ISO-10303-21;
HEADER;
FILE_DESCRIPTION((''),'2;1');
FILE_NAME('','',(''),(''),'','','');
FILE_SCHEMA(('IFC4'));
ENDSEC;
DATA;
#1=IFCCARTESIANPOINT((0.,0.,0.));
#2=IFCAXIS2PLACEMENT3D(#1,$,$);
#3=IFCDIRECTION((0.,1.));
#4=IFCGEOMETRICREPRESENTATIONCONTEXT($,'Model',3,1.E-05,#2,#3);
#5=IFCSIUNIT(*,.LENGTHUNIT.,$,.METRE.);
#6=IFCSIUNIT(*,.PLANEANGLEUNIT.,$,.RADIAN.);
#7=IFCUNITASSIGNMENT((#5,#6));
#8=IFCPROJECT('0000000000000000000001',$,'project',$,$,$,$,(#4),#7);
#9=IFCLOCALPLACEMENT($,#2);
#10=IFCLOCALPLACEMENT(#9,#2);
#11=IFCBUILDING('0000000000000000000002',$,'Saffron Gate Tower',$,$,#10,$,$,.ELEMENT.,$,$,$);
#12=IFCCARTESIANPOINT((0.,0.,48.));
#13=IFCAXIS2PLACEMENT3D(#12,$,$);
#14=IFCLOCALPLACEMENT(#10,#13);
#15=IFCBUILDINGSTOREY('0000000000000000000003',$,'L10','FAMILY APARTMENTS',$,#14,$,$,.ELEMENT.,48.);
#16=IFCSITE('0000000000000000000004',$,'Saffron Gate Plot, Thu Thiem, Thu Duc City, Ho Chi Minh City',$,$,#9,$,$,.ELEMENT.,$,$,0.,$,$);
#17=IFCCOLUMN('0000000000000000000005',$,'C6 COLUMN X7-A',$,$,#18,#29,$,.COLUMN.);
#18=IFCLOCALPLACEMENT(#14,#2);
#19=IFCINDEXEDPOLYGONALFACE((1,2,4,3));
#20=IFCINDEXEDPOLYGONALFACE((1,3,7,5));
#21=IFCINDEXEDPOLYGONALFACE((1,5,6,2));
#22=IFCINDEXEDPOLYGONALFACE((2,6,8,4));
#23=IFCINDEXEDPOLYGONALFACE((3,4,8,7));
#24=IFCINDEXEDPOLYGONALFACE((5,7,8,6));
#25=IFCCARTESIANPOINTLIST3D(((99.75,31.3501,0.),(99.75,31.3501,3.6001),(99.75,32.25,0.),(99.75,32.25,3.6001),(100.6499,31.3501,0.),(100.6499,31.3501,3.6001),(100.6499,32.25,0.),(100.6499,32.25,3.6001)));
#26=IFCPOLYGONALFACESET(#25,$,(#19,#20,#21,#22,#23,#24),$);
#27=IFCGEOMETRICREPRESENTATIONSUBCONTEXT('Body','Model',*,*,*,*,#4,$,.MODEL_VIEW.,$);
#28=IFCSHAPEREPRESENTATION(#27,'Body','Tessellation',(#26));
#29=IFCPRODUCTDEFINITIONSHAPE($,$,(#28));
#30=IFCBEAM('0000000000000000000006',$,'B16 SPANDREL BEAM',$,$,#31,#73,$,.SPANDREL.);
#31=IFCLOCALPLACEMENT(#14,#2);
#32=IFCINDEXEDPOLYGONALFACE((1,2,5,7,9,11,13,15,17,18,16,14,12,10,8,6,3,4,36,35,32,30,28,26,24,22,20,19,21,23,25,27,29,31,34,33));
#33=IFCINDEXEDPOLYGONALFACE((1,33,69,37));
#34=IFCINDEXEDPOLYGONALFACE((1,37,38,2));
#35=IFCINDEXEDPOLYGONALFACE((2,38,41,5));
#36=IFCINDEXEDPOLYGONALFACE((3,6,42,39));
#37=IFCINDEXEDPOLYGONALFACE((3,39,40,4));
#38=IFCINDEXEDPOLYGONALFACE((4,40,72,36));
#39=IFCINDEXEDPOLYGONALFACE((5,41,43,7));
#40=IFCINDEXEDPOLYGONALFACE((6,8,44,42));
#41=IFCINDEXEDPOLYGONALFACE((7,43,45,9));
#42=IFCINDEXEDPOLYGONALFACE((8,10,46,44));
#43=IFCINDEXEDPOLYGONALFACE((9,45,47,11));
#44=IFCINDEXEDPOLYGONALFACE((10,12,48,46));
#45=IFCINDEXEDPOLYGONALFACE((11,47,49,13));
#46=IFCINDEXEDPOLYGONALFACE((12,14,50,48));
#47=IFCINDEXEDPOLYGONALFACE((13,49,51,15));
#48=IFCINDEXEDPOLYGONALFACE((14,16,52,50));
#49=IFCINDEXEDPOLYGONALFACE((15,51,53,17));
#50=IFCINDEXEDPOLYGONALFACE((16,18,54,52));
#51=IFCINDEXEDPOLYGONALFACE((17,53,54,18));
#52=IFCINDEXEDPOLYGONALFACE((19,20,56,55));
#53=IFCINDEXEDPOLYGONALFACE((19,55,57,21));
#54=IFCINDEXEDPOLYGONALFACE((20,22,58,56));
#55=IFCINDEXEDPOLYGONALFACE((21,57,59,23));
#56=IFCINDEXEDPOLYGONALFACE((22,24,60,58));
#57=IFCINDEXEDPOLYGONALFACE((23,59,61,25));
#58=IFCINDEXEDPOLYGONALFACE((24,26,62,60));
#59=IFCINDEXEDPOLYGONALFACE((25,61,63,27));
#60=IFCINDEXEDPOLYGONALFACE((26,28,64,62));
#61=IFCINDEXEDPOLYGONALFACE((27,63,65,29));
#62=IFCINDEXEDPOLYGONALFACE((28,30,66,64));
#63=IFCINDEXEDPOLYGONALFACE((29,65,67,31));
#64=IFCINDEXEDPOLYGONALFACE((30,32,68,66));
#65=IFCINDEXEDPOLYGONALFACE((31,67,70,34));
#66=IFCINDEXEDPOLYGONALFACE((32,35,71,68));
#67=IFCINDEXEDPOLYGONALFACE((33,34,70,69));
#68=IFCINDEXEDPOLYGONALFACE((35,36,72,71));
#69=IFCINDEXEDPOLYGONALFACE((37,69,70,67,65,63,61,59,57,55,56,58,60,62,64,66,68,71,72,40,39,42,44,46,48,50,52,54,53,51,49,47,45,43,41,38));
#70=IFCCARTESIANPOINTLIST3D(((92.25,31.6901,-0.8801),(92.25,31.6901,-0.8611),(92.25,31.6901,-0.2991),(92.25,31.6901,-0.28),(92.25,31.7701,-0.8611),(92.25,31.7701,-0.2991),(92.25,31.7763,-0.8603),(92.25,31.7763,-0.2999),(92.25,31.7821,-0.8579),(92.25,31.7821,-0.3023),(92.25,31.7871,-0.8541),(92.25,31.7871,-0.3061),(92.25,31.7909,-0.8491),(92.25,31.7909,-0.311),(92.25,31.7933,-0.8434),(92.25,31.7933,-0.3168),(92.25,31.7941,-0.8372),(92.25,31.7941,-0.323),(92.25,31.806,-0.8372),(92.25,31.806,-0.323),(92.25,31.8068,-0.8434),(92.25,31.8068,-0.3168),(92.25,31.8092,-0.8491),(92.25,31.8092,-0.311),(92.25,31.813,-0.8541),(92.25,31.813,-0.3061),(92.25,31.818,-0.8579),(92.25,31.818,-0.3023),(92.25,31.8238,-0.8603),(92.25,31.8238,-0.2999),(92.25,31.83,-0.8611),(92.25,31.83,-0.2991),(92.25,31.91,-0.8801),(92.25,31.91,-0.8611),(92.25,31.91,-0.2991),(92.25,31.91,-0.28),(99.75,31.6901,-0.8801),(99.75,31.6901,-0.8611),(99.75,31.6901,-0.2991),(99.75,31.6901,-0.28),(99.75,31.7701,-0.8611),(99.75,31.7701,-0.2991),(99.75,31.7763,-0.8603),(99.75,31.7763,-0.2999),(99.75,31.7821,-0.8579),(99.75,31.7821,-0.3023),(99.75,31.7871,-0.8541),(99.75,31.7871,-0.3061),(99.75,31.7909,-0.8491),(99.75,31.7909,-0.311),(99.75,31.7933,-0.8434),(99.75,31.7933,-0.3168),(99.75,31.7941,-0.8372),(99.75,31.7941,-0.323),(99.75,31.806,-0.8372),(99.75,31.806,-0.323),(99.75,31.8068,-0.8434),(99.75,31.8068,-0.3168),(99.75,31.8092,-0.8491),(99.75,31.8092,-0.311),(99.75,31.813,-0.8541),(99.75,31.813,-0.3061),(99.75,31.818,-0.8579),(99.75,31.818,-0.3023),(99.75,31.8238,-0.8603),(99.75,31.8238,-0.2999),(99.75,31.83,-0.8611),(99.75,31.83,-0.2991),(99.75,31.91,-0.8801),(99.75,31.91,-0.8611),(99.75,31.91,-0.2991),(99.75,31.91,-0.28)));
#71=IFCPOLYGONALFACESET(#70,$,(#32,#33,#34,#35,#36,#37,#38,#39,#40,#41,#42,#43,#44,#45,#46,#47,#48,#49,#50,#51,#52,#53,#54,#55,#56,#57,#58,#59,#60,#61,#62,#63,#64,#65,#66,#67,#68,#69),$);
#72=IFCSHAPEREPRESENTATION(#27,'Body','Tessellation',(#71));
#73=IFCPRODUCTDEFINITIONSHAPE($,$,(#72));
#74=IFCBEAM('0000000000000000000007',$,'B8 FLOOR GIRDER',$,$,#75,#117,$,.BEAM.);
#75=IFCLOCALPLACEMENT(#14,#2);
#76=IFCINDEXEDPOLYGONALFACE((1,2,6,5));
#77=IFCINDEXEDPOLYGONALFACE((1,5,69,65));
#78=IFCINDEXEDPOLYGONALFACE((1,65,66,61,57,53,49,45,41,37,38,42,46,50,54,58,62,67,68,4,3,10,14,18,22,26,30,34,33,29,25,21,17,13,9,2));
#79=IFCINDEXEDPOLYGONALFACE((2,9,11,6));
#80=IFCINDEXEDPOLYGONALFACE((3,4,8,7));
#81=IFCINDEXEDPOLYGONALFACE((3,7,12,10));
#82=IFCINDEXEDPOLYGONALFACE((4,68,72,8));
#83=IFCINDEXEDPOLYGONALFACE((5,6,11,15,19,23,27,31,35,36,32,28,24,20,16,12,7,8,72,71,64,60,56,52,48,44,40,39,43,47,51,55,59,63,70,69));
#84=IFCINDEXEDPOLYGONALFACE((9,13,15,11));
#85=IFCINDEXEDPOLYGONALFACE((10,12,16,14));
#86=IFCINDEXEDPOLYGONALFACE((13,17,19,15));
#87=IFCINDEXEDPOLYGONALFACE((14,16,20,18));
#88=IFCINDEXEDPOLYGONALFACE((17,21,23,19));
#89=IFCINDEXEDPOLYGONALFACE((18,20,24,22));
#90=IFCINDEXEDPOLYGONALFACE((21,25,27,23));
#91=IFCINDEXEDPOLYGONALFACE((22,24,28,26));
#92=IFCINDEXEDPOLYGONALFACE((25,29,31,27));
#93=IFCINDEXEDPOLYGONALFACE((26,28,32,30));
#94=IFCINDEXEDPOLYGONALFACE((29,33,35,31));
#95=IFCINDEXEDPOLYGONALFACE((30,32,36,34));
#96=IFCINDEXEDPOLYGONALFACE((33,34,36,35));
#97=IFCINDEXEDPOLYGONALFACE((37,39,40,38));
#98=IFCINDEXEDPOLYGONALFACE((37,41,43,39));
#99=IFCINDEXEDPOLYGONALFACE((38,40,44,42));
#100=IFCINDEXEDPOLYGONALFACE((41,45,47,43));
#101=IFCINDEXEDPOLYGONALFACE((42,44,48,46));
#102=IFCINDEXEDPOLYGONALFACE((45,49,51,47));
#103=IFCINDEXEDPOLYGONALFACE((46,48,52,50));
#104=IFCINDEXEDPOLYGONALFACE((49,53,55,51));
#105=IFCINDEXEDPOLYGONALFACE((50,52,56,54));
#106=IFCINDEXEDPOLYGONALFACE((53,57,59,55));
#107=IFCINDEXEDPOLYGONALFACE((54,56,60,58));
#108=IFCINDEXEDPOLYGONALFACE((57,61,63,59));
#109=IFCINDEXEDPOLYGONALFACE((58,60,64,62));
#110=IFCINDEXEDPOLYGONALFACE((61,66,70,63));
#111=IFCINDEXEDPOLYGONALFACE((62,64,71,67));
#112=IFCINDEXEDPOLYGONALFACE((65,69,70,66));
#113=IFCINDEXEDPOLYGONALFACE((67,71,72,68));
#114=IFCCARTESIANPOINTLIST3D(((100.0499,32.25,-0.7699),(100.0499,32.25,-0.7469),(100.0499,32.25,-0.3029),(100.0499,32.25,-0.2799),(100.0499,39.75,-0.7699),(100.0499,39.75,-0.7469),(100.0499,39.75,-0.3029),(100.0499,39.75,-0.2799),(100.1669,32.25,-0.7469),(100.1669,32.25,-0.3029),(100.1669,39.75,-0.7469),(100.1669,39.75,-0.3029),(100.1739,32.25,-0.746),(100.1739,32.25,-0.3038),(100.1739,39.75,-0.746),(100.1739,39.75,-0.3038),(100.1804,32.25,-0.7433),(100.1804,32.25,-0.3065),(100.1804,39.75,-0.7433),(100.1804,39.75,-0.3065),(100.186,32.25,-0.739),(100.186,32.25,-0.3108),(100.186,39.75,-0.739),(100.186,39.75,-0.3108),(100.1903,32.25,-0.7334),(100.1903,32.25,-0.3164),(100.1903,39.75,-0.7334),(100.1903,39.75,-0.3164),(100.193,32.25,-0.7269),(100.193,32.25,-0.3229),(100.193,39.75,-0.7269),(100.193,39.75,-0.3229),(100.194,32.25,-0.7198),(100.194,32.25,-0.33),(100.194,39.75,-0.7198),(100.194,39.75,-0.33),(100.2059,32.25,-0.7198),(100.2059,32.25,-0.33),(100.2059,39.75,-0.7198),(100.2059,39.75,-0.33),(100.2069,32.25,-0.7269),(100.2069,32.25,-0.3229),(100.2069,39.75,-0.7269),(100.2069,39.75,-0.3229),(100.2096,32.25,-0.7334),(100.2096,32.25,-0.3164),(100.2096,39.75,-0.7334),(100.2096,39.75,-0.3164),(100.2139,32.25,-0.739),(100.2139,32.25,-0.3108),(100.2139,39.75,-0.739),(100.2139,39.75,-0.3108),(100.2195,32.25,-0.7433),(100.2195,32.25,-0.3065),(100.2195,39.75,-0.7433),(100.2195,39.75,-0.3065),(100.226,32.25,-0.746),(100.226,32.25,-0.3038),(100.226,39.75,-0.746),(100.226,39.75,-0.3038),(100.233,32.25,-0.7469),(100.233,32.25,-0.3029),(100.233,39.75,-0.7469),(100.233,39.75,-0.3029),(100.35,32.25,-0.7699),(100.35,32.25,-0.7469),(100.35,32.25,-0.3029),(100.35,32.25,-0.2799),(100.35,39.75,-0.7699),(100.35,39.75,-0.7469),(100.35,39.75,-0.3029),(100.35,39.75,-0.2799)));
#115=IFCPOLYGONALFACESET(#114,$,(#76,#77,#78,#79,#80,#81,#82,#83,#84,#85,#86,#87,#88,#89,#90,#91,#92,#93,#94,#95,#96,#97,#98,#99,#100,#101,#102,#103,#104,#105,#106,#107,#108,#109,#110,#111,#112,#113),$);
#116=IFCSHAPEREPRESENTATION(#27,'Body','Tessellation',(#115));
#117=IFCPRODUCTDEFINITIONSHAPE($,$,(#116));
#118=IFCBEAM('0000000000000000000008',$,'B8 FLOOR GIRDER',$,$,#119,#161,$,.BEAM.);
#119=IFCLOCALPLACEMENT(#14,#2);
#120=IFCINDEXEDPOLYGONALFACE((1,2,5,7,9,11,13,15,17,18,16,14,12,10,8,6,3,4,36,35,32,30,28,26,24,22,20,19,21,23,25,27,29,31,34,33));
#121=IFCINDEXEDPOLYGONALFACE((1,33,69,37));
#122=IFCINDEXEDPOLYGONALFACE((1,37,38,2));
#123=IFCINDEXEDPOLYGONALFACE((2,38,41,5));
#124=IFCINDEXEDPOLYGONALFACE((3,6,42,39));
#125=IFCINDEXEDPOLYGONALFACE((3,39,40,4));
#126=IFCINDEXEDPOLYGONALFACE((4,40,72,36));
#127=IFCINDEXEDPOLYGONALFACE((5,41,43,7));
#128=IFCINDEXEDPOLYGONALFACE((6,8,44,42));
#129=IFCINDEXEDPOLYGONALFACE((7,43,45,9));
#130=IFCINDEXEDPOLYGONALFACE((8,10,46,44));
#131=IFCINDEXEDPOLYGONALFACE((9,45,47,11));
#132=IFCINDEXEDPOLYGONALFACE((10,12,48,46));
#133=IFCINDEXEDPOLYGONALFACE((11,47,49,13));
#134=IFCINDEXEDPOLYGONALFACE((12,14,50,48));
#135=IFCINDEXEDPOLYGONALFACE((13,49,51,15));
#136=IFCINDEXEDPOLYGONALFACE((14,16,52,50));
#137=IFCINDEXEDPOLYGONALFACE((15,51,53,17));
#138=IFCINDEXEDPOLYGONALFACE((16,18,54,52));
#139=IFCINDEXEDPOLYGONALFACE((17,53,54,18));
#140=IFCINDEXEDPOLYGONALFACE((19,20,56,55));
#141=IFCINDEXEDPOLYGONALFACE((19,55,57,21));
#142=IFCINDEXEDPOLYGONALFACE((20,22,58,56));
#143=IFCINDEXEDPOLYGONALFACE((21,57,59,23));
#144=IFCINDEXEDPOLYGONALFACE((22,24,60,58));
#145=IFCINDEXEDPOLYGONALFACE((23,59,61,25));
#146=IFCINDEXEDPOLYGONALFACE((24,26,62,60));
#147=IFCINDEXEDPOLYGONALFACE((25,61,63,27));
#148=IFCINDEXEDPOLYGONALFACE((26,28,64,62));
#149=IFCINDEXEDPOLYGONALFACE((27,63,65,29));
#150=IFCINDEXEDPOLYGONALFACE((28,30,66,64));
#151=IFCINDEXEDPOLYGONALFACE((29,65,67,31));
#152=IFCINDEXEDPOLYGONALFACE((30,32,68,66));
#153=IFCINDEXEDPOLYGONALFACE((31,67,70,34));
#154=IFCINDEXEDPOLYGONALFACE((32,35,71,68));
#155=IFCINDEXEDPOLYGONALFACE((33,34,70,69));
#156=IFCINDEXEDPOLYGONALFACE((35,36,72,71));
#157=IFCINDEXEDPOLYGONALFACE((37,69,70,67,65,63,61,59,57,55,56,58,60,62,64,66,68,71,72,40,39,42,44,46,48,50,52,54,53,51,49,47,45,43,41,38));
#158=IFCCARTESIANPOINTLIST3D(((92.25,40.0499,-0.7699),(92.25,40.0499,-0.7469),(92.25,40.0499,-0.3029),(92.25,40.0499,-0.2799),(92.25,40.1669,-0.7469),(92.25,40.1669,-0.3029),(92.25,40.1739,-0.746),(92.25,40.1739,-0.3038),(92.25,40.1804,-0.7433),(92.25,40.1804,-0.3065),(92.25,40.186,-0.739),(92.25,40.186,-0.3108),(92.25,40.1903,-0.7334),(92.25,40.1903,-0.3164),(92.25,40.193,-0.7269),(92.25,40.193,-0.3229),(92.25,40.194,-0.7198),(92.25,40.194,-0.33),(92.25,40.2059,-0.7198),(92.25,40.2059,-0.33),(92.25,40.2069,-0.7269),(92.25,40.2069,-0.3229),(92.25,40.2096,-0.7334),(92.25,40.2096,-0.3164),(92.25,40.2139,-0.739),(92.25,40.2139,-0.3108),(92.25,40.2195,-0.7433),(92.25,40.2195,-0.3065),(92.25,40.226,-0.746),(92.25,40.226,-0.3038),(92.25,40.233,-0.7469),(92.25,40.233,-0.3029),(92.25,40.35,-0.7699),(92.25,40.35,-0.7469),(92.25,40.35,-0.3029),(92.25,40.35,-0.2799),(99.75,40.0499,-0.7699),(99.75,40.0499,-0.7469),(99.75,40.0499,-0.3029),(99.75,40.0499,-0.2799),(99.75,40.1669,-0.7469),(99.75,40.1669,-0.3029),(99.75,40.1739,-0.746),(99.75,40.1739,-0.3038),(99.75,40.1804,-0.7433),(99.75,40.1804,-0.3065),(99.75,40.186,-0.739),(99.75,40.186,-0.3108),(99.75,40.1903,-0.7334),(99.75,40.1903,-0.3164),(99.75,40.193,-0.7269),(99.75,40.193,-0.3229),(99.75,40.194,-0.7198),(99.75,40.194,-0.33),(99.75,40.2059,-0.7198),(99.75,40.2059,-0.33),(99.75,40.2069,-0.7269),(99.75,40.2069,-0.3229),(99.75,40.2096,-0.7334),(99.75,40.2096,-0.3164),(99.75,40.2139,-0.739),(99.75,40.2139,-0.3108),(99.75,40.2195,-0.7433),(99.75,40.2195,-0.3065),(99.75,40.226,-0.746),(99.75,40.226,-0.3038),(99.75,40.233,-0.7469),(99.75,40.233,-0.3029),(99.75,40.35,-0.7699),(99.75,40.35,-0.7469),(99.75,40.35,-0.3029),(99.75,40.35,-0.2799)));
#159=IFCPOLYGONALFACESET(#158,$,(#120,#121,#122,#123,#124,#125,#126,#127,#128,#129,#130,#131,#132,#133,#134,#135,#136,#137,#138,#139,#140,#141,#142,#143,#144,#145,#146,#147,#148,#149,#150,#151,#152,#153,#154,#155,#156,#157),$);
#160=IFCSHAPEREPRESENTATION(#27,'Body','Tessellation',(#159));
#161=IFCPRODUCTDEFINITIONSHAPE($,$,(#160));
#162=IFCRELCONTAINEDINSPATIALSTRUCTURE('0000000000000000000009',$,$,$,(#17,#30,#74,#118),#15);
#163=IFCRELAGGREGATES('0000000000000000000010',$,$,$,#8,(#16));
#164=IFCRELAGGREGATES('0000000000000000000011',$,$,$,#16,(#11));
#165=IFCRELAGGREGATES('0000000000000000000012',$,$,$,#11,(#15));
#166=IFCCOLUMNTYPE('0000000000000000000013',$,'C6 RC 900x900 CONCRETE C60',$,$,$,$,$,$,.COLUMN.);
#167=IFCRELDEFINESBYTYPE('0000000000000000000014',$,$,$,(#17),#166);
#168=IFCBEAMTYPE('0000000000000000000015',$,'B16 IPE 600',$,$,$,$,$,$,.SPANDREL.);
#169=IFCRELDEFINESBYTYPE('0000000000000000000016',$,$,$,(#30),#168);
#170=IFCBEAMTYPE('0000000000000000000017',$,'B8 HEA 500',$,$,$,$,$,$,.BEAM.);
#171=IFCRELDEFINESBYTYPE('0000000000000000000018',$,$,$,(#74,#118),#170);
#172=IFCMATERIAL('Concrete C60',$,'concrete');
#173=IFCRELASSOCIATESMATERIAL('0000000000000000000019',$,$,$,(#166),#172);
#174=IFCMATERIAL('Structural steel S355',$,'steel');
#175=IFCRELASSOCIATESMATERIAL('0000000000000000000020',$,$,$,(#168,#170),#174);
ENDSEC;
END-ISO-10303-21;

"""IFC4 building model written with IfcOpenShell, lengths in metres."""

from ifc_helpers import new_model, si_unit, direction, frame, origin, origin_2d, place, context, subcontext, project, spatial, rectangle, i_section, extrude, material, material_profile, profile_set, type_object, element, save


model = new_model("IFC4")

# Units and contexts
model_context = context("Model", 3, precision=1e-05, world=origin(), true_north=direction((0.0, 1.0)))
body_context = subcontext(model_context, "Body", "Model", "MODEL_VIEW")
ifc_project = project(units=[si_unit("LENGTHUNIT", "METRE"), si_unit("PLANEANGLEUNIT", "RADIAN")], contexts=[model_context])

# Site, building, storey
site_placement = place(None, origin())
site = spatial("IfcSite", under=ifc_project, at=site_placement, Name="Saffron Gate Plot, Thu Thiem, Thu Duc City, Ho Chi Minh City", CompositionType="ELEMENT", RefElevation=0.0)
building_placement = place(site_placement, origin())
building = spatial("IfcBuilding", under=site, at=building_placement, Name="Saffron Gate Tower", CompositionType="ELEMENT")
storey_placement = place(building_placement, frame((0.0, 0.0, 48.0)))
storey = spatial("IfcBuildingStorey", under=building, at=storey_placement, Name="L10", Description="FAMILY APARTMENTS", CompositionType="ELEMENT", Elevation=48.0)

# Column
ifc_material_1 = material(Name="Concrete C60", Category="concrete")
ifc_material_profile_1 = material_profile(ifc_material_1, rectangle(XDim=0.8999, YDim=0.8999, at=origin_2d()))
ifc_profile_set_1 = profile_set([ifc_material_profile_1], Name="Concrete C60")
column_type = type_object("IfcColumnType", Name="C6 RC 900x900 CONCRETE C60", PredefinedType="COLUMN", material=ifc_profile_set_1)
column_placement = place(storey_placement, frame((100.2, 31.8, 0.0), z_axis=(0.0, 0.0, 1.0), x_axis=(1.0, 0.0, 0.0)))
element("IfcColumn", 1, at=column_placement, inside=storey, type_object=column_type, Name="C6 COLUMN X7-A", PredefinedType="COLUMN", context=body_context, shape_type="SweptSolid", body=[
    extrude(rectangle(XDim=0.8999, YDim=0.8999, at=origin_2d()), origin(), (0.0, 0.0, 1.0), 3.6001),
])

# Beams
ifc_material_2 = material(Name="Structural steel S355", Category="steel")
ifc_material_profile_2 = material_profile(ifc_material_2, i_section(OverallWidth=0.22, OverallDepth=0.6001, WebThickness=0.012, FlangeThickness=0.019, FilletRadius=0.0239, at=origin_2d()))
ifc_profile_set_2 = profile_set([ifc_material_profile_2], Name="Structural steel S355")
beam_type_1 = type_object("IfcBeamType", Name="B16 IPE 600", PredefinedType="SPANDREL", material=ifc_profile_set_2)
beam_placement = place(storey_placement, frame((92.25, 31.8, -0.5801), z_axis=(1.0, 0.0, 0.0), x_axis=(0.0, 1.0, 0.0)))
element("IfcBeam", 2, at=beam_placement, inside=storey, type_object=beam_type_1, Name="B16 SPANDREL BEAM", PredefinedType="SPANDREL", context=body_context, shape_type="SweptSolid", body=[
    extrude(i_section(OverallWidth=0.22, OverallDepth=0.6001, WebThickness=0.012, FlangeThickness=0.019, FilletRadius=0.0239, at=origin_2d()), origin(), (0.0, 0.0, 1.0), 7.5),
])
ifc_material_profile_3 = material_profile(ifc_material_2, i_section(OverallWidth=0.3, OverallDepth=0.49, WebThickness=0.012, FlangeThickness=0.0229, FilletRadius=0.0271, at=origin_2d()))
ifc_profile_set_3 = profile_set([ifc_material_profile_3], Name="Structural steel S355")
beam_type_2 = type_object("IfcBeamType", Name="B8 HEA 500", PredefinedType="BEAM", material=ifc_profile_set_3)
for number, where, z_axis, x_axis, name in (
    (3, (100.2, 32.25, -0.5249), (0.0, 1.0, 0.0), (-1.0, 0.0, 0.0), "B8 FLOOR GIRDER"),
    (4, (92.25, 40.2, -0.5249), (1.0, 0.0, 0.0), (0.0, 1.0, 0.0), "B8 FLOOR GIRDER"),
):
    element("IfcBeam", number, at=place(storey_placement, frame(where, z_axis=z_axis, x_axis=x_axis)), inside=storey, type_object=beam_type_2, Name=name, PredefinedType="BEAM", context=body_context, shape_type="SweptSolid", body=[
        extrude(i_section(OverallWidth=0.3, OverallDepth=0.49, WebThickness=0.012, FlangeThickness=0.0229, FilletRadius=0.0271, at=origin_2d()), origin(), (0.0, 0.0, 1.0), 7.5),
    ])

save(model, "model.ifc")
